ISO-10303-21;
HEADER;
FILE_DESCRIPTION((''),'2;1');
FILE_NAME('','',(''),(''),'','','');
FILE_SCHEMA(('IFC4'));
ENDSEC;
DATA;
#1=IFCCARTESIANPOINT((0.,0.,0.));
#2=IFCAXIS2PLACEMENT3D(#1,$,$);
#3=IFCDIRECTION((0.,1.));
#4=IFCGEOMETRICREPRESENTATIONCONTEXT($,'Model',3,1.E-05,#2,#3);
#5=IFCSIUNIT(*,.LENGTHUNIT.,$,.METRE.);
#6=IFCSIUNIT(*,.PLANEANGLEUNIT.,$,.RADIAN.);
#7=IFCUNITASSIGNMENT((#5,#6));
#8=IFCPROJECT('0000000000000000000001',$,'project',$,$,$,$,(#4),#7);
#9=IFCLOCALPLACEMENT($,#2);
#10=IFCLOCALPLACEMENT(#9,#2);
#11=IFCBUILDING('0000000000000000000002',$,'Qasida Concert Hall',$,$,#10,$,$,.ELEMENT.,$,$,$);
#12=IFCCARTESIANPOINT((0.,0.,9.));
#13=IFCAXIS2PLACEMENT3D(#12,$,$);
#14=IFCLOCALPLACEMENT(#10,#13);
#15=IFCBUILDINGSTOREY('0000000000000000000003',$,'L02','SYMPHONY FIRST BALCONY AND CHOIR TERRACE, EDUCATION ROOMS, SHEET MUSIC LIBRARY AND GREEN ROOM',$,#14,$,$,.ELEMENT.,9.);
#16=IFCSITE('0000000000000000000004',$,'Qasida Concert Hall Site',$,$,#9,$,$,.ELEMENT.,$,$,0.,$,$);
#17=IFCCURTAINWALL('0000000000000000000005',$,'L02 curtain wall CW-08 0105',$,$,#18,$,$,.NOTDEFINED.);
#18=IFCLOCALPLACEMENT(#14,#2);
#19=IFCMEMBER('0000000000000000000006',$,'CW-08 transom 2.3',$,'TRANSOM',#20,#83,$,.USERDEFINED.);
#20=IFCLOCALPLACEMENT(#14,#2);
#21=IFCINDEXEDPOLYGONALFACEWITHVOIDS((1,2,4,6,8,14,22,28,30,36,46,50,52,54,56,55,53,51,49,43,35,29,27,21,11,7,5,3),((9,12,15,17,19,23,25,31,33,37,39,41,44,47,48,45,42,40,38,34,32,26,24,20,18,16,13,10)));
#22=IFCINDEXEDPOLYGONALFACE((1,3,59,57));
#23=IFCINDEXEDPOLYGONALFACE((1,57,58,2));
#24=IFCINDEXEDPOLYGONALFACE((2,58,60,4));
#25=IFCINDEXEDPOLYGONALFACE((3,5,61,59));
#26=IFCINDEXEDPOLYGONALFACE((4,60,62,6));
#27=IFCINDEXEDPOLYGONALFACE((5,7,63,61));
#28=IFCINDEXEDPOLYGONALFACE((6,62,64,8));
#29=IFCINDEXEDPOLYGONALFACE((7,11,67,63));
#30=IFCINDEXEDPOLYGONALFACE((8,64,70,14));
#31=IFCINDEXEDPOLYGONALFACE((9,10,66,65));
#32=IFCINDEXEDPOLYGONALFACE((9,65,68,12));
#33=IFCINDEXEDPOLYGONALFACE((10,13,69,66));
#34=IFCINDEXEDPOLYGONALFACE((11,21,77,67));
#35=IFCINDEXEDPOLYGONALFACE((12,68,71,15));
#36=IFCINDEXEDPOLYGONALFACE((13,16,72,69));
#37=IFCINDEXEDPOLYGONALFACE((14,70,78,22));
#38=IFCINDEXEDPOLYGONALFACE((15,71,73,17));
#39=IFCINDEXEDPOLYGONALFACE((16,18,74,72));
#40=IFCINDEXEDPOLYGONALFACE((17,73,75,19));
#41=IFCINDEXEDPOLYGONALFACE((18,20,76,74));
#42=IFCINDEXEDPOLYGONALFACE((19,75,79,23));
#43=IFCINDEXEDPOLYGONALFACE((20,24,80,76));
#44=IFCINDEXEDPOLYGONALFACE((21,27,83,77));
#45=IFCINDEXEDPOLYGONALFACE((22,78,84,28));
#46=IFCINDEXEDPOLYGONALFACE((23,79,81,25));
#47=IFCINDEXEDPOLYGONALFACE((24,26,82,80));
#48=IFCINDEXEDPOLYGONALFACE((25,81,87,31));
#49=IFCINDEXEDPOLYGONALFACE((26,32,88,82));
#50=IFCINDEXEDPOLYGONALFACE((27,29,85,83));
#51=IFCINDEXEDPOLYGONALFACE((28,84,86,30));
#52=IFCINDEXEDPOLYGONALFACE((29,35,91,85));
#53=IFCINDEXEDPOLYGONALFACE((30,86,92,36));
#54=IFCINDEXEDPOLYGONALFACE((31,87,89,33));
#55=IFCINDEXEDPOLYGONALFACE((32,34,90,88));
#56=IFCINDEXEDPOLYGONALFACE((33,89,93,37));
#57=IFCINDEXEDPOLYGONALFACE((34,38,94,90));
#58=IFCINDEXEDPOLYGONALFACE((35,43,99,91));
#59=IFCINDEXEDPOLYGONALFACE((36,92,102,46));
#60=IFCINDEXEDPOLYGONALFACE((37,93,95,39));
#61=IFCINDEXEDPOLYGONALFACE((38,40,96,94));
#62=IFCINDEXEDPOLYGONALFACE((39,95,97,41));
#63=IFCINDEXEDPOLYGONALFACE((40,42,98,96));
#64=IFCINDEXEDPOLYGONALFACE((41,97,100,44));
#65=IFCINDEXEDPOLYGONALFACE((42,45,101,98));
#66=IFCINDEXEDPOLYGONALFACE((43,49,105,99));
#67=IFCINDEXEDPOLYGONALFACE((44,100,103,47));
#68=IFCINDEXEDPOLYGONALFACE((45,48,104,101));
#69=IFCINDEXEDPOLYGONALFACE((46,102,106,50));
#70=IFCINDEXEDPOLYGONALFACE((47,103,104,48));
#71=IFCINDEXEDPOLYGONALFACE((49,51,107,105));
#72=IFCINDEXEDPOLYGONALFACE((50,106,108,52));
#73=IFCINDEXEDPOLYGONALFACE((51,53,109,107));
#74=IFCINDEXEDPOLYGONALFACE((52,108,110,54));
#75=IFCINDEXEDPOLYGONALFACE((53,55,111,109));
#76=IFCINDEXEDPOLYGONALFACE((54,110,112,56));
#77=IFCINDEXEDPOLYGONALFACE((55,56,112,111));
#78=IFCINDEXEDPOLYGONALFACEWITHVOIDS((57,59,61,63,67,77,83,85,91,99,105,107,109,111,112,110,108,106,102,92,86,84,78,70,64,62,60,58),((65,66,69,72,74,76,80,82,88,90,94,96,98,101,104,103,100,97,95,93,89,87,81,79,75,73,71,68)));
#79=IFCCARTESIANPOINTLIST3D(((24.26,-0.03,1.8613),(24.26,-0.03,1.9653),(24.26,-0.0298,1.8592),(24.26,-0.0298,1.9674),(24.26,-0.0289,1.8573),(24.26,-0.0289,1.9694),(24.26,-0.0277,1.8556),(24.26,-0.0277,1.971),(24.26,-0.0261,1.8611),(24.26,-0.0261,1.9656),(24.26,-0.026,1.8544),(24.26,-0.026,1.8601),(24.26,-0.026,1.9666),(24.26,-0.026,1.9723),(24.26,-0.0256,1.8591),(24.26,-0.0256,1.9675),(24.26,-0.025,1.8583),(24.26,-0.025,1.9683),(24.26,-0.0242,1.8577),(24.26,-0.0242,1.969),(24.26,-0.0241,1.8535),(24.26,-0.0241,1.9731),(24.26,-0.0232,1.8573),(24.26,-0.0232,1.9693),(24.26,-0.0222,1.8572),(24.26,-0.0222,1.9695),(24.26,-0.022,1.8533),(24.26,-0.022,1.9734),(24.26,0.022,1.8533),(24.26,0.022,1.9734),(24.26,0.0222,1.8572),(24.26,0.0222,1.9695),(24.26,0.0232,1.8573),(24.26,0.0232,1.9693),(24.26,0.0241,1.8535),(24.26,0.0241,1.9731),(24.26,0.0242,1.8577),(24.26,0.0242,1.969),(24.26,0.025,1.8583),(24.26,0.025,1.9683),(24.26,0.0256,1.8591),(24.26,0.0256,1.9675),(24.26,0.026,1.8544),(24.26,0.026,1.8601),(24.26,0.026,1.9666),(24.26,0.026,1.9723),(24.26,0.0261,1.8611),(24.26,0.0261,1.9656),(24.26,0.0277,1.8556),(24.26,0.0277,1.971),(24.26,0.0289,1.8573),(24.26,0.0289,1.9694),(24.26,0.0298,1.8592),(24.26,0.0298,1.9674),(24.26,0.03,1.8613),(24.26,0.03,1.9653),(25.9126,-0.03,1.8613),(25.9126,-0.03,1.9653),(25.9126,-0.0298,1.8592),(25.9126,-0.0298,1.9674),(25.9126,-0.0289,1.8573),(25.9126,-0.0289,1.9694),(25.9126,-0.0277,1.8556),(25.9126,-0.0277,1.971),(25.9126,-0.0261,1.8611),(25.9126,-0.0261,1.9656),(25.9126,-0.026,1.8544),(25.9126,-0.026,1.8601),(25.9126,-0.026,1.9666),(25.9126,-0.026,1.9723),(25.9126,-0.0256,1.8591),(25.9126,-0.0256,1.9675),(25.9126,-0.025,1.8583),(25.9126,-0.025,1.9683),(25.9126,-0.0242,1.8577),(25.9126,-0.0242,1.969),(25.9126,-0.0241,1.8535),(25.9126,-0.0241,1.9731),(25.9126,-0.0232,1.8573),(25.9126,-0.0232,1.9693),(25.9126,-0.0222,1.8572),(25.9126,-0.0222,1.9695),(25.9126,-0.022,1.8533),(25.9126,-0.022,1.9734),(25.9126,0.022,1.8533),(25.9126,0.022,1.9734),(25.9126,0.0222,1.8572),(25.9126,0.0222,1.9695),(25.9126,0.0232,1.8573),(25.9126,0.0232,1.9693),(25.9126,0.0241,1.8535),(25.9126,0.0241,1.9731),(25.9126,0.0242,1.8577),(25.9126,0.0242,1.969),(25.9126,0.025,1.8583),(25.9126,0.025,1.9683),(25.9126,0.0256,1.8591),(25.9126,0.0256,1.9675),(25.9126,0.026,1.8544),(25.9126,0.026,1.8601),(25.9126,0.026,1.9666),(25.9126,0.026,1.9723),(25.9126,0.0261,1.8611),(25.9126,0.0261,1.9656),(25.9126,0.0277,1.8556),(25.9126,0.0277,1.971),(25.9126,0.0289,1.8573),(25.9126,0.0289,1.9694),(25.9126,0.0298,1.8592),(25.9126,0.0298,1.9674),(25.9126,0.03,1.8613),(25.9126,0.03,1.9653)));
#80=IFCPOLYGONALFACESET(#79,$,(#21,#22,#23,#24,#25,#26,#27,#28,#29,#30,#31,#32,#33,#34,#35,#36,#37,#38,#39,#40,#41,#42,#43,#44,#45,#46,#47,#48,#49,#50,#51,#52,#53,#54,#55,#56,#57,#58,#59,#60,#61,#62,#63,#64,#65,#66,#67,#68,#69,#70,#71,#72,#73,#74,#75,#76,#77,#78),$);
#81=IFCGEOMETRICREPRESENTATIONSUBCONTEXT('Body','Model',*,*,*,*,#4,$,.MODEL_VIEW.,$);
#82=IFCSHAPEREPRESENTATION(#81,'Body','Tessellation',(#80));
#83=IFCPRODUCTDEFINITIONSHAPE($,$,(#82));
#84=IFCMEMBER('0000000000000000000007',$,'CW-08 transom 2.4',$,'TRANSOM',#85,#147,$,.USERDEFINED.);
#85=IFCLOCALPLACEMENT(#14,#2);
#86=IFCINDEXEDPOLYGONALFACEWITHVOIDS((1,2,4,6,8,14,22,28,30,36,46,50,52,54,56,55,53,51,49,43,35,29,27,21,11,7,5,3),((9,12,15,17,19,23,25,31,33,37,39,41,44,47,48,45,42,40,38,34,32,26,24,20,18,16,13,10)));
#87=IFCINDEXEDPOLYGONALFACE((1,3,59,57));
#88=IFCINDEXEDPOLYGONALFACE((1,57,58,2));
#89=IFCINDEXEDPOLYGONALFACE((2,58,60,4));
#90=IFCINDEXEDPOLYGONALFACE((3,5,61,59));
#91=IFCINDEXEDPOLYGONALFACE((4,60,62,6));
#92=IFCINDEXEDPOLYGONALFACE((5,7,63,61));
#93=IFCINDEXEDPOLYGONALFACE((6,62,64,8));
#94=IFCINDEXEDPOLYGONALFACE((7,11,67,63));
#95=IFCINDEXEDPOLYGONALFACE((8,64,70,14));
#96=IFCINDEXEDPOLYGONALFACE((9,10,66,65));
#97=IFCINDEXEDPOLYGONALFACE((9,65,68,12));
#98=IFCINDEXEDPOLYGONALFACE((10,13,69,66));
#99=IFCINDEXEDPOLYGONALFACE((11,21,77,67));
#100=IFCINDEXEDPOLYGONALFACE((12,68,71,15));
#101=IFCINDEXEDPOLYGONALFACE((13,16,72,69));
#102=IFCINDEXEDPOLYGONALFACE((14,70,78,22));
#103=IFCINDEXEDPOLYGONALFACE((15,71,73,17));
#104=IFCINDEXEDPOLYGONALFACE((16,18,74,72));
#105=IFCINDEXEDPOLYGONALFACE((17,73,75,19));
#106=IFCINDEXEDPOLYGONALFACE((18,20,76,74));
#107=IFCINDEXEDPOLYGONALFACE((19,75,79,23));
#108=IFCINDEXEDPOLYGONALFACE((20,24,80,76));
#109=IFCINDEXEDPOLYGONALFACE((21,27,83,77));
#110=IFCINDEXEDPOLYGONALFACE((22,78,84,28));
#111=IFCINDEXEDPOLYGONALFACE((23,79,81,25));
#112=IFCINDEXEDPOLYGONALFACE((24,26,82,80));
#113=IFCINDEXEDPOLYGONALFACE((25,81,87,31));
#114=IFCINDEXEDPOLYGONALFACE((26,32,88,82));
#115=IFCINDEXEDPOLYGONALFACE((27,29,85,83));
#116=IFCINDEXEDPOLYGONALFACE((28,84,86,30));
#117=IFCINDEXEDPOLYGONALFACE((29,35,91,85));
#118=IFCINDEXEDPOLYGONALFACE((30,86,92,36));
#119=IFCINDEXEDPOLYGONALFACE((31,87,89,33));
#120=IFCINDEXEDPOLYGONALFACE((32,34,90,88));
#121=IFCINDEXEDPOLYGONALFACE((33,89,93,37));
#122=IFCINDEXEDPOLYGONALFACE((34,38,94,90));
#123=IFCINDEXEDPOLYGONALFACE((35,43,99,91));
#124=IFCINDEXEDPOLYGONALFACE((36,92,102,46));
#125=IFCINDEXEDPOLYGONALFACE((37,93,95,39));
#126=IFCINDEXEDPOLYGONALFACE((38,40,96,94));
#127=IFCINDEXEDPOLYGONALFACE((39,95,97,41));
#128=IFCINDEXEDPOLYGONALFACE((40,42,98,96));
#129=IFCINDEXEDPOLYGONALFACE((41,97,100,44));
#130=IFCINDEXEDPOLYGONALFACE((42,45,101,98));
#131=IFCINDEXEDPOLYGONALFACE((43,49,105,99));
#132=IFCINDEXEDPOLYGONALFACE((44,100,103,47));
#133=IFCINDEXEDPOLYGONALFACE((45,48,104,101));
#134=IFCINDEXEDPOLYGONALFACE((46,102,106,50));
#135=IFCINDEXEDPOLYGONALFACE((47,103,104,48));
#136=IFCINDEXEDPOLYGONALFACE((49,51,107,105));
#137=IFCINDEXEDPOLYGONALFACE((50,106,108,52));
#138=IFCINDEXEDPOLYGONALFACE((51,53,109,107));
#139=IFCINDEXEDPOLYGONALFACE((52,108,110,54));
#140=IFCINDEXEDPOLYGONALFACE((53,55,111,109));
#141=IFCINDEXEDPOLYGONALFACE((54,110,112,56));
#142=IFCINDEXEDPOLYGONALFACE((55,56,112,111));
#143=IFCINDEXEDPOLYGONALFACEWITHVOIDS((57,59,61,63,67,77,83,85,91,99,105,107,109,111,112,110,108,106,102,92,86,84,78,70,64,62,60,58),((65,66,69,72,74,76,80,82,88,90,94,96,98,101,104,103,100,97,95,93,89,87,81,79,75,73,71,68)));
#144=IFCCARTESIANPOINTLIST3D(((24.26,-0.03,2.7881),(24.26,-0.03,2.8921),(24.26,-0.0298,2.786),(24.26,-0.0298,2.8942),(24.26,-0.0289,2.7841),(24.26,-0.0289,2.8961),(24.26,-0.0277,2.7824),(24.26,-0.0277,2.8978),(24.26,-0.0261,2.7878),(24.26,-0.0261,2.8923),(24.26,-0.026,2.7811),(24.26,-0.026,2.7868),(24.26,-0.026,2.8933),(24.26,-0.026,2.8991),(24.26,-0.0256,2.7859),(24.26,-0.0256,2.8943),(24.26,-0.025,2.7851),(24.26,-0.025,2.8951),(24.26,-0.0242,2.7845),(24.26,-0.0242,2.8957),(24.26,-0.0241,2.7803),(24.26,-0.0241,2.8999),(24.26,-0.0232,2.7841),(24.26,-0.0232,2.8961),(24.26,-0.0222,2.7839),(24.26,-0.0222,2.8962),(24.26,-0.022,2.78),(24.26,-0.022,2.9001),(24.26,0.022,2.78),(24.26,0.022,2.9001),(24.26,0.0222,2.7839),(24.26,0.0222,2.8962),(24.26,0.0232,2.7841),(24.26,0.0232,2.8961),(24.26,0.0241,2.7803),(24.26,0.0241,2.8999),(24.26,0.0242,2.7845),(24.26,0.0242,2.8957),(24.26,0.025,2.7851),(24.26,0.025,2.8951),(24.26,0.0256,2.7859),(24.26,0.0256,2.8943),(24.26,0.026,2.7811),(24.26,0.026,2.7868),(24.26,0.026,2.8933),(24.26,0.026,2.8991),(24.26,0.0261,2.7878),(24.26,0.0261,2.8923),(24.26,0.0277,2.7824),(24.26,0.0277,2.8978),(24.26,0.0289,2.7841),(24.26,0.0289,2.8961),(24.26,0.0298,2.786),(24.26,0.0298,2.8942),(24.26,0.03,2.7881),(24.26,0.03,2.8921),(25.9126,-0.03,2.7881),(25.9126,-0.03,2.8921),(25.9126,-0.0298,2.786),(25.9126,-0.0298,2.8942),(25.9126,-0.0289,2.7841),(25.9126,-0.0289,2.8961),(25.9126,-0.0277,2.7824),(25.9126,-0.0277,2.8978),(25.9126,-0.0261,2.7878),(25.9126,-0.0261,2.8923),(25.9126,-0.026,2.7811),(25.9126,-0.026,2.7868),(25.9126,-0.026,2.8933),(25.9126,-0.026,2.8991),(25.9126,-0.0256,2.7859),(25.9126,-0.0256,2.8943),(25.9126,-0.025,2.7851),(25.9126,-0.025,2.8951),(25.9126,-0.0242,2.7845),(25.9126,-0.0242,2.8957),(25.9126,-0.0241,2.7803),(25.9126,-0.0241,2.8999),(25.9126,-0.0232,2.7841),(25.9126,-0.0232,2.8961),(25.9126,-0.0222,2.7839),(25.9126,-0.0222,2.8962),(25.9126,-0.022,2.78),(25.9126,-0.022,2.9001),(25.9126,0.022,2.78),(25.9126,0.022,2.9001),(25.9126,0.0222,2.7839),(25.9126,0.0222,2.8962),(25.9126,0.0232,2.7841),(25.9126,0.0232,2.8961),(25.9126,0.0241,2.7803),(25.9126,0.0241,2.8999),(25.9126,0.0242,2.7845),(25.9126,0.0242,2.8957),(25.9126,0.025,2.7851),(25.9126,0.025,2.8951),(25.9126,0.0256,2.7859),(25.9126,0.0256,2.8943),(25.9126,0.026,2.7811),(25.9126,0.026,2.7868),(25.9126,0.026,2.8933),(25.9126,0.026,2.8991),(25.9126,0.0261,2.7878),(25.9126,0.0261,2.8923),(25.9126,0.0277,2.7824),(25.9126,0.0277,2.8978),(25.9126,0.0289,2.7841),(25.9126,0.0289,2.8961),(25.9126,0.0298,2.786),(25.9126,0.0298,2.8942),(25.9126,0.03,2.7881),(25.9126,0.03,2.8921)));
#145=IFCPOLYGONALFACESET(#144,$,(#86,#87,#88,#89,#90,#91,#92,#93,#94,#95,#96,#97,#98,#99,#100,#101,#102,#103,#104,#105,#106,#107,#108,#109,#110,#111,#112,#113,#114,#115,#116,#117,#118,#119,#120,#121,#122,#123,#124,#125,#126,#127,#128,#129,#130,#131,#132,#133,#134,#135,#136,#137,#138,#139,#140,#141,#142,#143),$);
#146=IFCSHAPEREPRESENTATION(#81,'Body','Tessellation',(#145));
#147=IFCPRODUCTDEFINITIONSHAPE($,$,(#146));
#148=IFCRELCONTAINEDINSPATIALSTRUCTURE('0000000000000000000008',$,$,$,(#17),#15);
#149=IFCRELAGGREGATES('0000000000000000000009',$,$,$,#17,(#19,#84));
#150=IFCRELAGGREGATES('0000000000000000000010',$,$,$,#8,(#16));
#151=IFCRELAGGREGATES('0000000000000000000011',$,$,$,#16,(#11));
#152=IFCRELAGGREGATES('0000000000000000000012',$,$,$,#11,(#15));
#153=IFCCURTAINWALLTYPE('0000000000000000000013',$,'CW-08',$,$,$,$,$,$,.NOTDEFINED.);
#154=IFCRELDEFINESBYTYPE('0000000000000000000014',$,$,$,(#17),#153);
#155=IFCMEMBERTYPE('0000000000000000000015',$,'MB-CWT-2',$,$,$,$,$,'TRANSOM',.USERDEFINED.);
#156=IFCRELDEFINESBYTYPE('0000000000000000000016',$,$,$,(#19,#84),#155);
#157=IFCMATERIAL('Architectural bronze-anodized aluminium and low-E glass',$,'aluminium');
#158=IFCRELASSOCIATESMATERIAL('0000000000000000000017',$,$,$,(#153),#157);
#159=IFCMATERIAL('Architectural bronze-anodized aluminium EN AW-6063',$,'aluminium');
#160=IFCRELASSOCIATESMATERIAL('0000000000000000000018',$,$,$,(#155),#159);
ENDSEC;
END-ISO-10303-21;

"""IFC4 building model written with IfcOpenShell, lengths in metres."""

from ifc_helpers import new_model, si_unit, direction, frame, origin, origin_2d, place, context, subcontext, project, spatial, hollow_rectangle, extrude, material, material_profile, profile_set, type_object, element, aggregate, save


model = new_model("IFC4")

# Units and contexts
model_context = context("Model", 3, precision=1e-05, world=origin(), true_north=direction((0.0, 1.0)))
body_context = subcontext(model_context, "Body", "Model", "MODEL_VIEW")
ifc_project = project(units=[si_unit("LENGTHUNIT", "METRE"), si_unit("PLANEANGLEUNIT", "RADIAN")], contexts=[model_context])

# Site, building, storey
site_placement = place(None, origin())
site = spatial("IfcSite", under=ifc_project, at=site_placement, Name="Qasida Concert Hall Site", CompositionType="ELEMENT", RefElevation=0.0)
building_placement = place(site_placement, origin())
building = spatial("IfcBuilding", under=site, at=building_placement, Name="Qasida Concert Hall", CompositionType="ELEMENT")
storey_placement = place(building_placement, frame((0.0, 0.0, 9.0)))
storey = spatial("IfcBuildingStorey", under=building, at=storey_placement, Name="L02", Description="SYMPHONY FIRST BALCONY AND CHOIR TERRACE, EDUCATION ROOMS, SHEET MUSIC LIBRARY AND GREEN ROOM", CompositionType="ELEMENT", Elevation=9.0)

# Curtain wall, members
ifc_material_1 = material(Name="Architectural bronze-anodized aluminium and low-E glass", Category="aluminium")
curtain_wall_type = type_object("IfcCurtainWallType", Name="CW-08", PredefinedType="NOTDEFINED", material=ifc_material_1)
curtain_wall_placement = place(storey_placement, origin())
curtain_wall = element("IfcCurtainWall", 1, at=curtain_wall_placement, inside=storey, type_object=curtain_wall_type, Name="L02 curtain wall CW-08 0105", PredefinedType="NOTDEFINED")
ifc_material_2 = material(Name="Architectural bronze-anodized aluminium EN AW-6063", Category="aluminium")
ifc_material_profile_1 = material_profile(ifc_material_2, hollow_rectangle(XDim=0.0601, YDim=0.1201, WallThickness=0.0039, InnerFilletRadius=0.0039, OuterFilletRadius=0.0081, at=origin_2d()), Name="CWT 120x60x4")
ifc_profile_set_1 = profile_set([ifc_material_profile_1], Name="Architectural bronze-anodized aluminium EN AW-6063")
member_type_1 = type_object("IfcMemberType", Name="MB-CWT-2", ElementType="TRANSOM", PredefinedType="USERDEFINED", material=ifc_profile_set_1)
member_1_placement = place(storey_placement, frame((24.26, 0.0, 1.9133), z_axis=(1.0, 0.0, 0.0), x_axis=(0.0, 1.0, 0.0)))
member_1 = element("IfcMember", 2, at=member_1_placement, type_object=member_type_1, Name="CW-08 transom 2.3", ObjectType="TRANSOM", PredefinedType="USERDEFINED", context=body_context, shape_type="SweptSolid", body=[
    extrude(hollow_rectangle(XDim=0.0601, YDim=0.1201, WallThickness=0.0039, InnerFilletRadius=0.0039, OuterFilletRadius=0.0081, at=origin_2d()), origin(), (0.0, 0.0, 1.0), 1.6526),
])
member_2_placement = place(storey_placement, frame((24.26, 0.0, 2.8401), z_axis=(1.0, 0.0, 0.0), x_axis=(0.0, 1.0, 0.0)))
member_2 = element("IfcMember", 3, at=member_2_placement, type_object=member_type_1, Name="CW-08 transom 2.4", ObjectType="TRANSOM", PredefinedType="USERDEFINED", context=body_context, shape_type="SweptSolid", body=[
    extrude(hollow_rectangle(XDim=0.0601, YDim=0.1201, WallThickness=0.0039, InnerFilletRadius=0.0039, OuterFilletRadius=0.0081, at=origin_2d()), origin(), (0.0, 0.0, 1.0), 1.6526),
])
aggregate(curtain_wall, [member_1, member_2])

save(model, "model.ifc")
